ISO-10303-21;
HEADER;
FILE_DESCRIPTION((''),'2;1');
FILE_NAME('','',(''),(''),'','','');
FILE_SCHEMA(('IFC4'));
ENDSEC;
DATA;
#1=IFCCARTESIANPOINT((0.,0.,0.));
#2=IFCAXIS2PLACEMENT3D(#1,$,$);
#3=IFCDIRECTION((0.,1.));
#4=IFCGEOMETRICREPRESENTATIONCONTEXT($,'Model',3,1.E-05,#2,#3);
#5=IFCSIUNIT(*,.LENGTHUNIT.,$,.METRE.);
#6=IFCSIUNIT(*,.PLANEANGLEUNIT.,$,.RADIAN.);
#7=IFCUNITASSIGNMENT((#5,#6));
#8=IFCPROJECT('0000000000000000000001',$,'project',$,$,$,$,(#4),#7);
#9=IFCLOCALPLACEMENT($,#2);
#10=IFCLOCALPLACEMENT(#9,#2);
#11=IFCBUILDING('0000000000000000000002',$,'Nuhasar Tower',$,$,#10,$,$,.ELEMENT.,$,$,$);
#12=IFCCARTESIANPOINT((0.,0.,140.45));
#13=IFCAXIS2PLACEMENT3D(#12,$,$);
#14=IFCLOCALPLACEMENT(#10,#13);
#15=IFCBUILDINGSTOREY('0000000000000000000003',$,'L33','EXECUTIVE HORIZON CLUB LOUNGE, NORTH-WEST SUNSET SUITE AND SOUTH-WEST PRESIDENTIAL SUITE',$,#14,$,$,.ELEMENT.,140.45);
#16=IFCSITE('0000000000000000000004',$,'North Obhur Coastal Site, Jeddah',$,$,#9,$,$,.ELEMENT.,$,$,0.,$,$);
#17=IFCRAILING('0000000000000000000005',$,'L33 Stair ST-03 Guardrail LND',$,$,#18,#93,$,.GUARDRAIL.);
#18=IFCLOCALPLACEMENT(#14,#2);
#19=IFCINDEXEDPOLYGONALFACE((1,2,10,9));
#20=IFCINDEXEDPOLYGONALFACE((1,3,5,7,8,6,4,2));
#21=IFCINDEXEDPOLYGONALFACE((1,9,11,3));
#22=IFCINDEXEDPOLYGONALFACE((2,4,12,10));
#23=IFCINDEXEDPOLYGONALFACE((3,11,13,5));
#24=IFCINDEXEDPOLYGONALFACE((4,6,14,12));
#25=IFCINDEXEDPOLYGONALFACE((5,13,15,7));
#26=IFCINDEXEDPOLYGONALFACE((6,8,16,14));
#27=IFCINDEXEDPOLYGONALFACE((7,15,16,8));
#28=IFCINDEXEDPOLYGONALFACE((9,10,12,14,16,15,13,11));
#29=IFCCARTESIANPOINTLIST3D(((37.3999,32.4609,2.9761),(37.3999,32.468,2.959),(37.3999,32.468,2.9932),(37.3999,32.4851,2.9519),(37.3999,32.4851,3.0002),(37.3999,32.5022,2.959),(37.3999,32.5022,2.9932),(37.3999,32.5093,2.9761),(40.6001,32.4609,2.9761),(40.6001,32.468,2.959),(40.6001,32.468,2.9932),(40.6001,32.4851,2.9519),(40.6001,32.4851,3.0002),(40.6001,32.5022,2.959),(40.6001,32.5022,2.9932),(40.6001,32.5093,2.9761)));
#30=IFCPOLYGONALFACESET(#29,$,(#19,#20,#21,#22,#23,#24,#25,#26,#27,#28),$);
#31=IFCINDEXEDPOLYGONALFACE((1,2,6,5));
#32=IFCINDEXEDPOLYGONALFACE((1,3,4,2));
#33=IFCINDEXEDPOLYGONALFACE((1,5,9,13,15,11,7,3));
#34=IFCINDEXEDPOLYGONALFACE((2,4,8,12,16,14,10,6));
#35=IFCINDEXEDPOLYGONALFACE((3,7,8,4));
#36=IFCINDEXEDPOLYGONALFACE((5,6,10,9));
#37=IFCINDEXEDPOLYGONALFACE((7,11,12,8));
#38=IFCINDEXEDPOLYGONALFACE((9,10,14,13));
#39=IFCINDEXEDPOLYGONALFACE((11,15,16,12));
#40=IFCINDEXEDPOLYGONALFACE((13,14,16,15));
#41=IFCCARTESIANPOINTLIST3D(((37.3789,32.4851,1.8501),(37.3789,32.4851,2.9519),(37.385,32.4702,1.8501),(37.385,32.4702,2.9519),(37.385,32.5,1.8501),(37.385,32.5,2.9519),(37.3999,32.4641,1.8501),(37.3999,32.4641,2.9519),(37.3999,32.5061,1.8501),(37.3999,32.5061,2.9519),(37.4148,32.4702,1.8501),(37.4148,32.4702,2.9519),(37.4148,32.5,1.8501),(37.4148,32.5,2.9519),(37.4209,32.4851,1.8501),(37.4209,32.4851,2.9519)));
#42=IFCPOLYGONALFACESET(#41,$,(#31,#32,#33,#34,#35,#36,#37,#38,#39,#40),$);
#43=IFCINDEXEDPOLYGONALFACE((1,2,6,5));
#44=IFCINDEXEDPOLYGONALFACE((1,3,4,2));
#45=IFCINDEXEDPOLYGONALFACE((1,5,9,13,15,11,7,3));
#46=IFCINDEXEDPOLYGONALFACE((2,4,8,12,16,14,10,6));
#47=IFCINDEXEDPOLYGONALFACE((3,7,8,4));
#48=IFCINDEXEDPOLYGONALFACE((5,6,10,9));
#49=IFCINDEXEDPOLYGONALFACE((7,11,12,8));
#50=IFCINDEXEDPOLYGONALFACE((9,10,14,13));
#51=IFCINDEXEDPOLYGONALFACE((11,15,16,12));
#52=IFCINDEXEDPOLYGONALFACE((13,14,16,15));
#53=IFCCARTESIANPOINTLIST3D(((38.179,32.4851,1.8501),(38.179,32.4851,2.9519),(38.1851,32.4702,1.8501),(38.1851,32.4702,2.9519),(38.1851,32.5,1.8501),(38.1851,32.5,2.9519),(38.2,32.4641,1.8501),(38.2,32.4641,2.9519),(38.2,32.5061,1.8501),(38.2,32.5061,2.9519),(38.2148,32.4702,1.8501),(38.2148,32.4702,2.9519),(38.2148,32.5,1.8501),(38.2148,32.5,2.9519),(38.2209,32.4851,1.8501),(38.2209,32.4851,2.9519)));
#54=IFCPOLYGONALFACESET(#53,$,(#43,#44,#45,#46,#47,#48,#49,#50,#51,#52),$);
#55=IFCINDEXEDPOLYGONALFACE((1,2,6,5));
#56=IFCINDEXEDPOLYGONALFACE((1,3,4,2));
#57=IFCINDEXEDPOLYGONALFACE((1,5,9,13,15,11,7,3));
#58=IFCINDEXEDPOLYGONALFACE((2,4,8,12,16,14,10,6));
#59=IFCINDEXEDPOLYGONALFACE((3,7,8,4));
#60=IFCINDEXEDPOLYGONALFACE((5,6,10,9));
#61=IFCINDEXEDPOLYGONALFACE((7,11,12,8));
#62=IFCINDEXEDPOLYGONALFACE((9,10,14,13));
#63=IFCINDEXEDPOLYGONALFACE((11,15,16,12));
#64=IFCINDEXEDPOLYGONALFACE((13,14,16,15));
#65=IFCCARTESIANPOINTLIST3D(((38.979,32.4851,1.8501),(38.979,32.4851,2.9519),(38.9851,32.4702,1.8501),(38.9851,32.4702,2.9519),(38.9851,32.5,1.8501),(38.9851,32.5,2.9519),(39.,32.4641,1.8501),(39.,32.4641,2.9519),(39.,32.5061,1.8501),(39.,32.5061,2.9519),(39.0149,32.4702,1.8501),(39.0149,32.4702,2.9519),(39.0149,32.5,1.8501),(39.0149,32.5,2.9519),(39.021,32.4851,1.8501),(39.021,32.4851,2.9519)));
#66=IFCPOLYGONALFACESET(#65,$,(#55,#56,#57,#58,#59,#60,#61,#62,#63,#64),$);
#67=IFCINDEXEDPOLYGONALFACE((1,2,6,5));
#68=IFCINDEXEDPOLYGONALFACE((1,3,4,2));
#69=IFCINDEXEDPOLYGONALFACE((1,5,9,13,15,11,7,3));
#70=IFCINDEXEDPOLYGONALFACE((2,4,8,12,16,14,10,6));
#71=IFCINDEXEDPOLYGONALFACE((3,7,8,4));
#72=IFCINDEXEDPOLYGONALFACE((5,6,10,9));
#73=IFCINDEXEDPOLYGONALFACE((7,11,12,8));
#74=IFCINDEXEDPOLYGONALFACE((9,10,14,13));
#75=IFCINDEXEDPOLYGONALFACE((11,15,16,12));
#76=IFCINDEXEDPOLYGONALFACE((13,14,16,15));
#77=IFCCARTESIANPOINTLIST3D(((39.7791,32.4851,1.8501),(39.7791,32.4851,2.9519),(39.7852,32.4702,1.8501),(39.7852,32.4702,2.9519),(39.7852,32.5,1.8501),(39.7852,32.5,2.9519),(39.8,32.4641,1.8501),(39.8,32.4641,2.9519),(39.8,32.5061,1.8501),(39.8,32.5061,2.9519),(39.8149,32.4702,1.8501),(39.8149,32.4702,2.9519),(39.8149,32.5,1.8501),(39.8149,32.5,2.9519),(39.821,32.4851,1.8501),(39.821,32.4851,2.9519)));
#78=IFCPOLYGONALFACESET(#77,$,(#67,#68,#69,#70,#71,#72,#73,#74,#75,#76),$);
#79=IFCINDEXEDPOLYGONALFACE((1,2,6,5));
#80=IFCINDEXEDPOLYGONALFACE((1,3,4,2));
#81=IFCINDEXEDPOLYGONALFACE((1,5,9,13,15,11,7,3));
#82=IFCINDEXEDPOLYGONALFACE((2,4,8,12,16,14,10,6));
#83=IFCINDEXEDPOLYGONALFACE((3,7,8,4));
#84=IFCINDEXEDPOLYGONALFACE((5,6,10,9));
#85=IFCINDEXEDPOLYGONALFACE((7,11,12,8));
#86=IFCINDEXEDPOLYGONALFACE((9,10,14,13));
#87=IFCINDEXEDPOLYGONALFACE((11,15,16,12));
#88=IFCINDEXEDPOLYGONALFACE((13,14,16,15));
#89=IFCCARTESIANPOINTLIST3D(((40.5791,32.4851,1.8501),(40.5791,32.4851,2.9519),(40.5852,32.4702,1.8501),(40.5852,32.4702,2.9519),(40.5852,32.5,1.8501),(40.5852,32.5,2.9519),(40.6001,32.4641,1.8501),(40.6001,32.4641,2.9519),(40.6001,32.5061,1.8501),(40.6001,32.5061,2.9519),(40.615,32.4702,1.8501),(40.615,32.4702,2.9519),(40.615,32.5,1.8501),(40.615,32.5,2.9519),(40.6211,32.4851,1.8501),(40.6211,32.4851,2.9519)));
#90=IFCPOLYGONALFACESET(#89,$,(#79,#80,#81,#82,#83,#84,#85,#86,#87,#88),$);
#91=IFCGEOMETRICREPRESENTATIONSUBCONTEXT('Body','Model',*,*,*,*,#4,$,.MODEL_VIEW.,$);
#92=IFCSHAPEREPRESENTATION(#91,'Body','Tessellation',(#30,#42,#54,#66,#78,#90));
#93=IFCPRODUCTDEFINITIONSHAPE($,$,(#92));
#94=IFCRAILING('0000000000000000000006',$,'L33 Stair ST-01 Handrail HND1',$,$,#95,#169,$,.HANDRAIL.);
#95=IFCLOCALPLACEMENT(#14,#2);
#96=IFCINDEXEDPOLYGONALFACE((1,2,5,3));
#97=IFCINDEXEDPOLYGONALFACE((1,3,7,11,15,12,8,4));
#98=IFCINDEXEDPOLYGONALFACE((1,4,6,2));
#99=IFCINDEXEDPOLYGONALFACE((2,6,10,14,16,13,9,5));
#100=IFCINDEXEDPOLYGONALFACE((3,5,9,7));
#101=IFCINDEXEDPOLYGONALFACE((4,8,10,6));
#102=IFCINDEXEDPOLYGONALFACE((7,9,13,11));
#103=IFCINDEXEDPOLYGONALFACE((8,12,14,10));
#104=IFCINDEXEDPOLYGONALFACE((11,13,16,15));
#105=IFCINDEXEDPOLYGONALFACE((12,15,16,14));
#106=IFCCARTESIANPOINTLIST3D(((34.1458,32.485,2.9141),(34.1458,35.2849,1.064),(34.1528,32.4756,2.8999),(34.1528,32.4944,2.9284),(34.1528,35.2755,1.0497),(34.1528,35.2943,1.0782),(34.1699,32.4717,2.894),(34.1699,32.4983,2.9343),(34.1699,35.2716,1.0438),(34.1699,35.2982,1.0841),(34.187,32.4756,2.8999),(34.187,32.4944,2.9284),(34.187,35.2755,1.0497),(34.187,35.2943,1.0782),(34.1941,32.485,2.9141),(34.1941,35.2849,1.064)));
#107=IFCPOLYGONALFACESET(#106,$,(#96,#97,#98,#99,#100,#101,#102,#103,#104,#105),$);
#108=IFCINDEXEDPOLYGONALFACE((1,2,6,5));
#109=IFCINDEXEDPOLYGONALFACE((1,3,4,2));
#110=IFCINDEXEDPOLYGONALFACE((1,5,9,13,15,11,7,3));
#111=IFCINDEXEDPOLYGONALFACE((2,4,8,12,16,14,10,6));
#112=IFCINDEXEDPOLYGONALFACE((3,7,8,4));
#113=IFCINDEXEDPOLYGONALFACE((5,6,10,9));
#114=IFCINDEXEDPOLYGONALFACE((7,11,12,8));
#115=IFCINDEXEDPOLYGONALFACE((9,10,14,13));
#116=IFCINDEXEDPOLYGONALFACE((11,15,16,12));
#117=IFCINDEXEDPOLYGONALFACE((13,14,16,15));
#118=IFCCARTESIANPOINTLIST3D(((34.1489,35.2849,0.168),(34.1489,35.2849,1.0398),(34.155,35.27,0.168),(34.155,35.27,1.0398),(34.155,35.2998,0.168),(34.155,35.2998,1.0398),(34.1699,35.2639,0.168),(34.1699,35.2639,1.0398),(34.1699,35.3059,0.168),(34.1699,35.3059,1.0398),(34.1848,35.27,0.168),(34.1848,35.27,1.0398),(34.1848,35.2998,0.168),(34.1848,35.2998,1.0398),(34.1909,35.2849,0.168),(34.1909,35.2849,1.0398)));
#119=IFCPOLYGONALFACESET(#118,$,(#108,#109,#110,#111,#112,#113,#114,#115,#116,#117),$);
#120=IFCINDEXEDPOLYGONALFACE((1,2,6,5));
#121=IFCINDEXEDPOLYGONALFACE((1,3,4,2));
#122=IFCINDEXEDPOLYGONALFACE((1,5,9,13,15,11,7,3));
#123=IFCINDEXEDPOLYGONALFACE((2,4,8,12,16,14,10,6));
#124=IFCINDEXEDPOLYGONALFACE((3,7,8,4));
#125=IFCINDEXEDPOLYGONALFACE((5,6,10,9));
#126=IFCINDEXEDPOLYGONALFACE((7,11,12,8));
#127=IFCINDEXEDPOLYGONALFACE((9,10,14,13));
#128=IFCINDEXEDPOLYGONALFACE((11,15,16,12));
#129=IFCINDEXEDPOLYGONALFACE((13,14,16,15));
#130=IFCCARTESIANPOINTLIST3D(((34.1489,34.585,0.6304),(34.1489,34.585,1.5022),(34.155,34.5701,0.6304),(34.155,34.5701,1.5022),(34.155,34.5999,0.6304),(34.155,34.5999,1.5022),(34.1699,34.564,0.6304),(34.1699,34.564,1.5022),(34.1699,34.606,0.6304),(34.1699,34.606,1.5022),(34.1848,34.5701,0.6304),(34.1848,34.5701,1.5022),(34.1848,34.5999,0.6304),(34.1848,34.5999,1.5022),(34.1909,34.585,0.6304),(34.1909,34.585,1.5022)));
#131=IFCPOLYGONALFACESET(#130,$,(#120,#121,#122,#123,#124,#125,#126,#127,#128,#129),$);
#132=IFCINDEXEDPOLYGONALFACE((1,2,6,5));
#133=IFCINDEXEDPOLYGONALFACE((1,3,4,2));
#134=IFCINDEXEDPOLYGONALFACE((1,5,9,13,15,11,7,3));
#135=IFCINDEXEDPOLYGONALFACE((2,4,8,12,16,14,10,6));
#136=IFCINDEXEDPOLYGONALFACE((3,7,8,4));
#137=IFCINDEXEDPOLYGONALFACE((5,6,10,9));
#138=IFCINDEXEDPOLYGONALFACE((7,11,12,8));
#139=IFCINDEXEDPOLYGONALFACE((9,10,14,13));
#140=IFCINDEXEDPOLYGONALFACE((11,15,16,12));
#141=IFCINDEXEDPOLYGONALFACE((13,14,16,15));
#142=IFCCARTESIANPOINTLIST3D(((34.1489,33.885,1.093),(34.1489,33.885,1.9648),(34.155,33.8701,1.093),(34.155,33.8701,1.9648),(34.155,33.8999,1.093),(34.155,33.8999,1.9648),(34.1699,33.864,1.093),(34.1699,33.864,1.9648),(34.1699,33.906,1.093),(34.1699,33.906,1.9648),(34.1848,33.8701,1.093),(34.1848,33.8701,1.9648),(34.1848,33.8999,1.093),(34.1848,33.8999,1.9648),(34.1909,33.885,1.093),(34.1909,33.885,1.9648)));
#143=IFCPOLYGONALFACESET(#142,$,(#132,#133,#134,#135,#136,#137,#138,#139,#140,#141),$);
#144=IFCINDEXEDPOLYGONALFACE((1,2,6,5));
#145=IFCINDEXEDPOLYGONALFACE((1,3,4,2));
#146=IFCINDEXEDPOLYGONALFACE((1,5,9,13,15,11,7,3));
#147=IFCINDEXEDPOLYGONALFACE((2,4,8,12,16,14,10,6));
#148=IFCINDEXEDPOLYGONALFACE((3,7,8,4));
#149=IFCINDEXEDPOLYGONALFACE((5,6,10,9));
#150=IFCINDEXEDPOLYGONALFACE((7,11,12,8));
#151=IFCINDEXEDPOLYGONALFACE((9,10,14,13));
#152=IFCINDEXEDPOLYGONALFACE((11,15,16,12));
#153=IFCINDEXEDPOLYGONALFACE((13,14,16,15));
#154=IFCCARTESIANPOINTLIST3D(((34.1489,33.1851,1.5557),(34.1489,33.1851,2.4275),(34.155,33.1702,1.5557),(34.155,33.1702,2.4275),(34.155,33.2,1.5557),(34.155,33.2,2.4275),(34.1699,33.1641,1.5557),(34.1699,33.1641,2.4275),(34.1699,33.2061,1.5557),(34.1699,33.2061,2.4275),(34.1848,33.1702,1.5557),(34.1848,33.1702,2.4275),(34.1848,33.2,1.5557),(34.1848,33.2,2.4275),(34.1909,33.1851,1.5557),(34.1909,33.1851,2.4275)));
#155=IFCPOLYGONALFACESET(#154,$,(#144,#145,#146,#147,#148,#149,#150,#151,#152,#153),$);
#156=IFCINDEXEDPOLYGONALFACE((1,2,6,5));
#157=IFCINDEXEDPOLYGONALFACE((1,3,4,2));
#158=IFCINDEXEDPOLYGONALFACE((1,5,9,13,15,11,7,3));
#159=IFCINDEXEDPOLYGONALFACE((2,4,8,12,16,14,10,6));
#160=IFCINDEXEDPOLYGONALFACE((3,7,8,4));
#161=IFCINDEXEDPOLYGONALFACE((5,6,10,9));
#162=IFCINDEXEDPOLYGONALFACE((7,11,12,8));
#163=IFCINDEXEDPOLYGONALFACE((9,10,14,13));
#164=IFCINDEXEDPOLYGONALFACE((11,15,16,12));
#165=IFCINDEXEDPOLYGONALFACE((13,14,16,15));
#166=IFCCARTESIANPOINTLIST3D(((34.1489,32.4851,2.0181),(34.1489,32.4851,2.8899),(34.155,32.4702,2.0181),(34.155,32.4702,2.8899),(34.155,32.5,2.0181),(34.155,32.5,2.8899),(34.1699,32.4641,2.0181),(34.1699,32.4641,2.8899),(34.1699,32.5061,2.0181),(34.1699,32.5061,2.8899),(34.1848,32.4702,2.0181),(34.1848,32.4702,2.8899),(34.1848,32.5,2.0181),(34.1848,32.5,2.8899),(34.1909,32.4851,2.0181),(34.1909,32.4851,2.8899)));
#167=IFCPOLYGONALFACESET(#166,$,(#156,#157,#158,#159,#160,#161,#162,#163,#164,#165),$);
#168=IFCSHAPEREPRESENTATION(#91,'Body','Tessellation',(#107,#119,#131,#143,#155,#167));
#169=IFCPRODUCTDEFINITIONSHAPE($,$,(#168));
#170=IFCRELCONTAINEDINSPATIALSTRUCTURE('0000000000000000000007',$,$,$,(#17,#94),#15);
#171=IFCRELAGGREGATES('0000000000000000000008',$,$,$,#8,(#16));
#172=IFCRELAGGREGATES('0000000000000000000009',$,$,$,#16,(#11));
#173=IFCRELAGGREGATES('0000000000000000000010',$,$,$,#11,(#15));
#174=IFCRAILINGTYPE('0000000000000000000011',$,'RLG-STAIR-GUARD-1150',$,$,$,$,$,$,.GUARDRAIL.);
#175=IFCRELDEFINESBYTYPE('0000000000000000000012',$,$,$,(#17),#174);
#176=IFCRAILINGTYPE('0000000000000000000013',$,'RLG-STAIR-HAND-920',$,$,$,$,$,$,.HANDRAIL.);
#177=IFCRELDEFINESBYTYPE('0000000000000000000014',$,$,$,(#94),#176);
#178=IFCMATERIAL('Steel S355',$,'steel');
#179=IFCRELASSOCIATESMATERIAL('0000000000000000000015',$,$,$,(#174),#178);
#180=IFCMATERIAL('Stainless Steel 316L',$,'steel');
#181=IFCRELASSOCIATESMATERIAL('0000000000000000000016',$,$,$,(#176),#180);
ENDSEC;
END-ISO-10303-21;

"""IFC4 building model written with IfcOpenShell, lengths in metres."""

from ifc_helpers import new_model, si_unit, direction, frame, origin, place, context, subcontext, project, spatial, polyline, outline, extrude, material, type_object, element, save


model = new_model("IFC4")

# Units and contexts
model_context = context("Model", 3, precision=1e-05, world=origin(), true_north=direction((0.0, 1.0)))
body_context = subcontext(model_context, "Body", "Model", "MODEL_VIEW")
ifc_project = project(units=[si_unit("LENGTHUNIT", "METRE"), si_unit("PLANEANGLEUNIT", "RADIAN")], contexts=[model_context])

# Site, building, storey
site_placement = place(None, origin())
site = spatial("IfcSite", under=ifc_project, at=site_placement, Name="North Obhur Coastal Site, Jeddah", CompositionType="ELEMENT", RefElevation=0.0)
building_placement = place(site_placement, origin())
building = spatial("IfcBuilding", under=site, at=building_placement, Name="Nuhasar Tower", CompositionType="ELEMENT")
storey_placement = place(building_placement, frame((0.0, 0.0, 140.45)))
storey = spatial("IfcBuildingStorey", under=building, at=storey_placement, Name="L33", Description="EXECUTIVE HORIZON CLUB LOUNGE, NORTH-WEST SUNSET SUITE AND SOUTH-WEST PRESIDENTIAL SUITE", CompositionType="ELEMENT", Elevation=140.45)

# Shared definitions
ifc_material_1 = material(Name="Steel S355", Category="steel")

# Railings
railing_type_1 = type_object("IfcRailingType", Name="RLG-STAIR-GUARD-1150", PredefinedType="GUARDRAIL", material=ifc_material_1)
railing_1_placement = place(storey_placement, frame((37.3999, 32.4851, 1.8501)))
element("IfcRailing", 1, at=railing_1_placement, inside=storey, type_object=railing_type_1, Name="L33 Stair ST-03 Guardrail LND", PredefinedType="GUARDRAIL", context=body_context, shape_type="SweptSolid", body=[
    extrude(outline(polyline([(0.0242, 0.0), (0.0171, 0.0171), (0.0, 0.0242), (-0.0171, 0.0171), (-0.0242, 0.0), (-0.0171, -0.0171), (0.0, -0.0242), (0.0171, -0.0171), (0.0242, 0.0)])), frame((0.0, 0.0, 1.126), z_axis=(1.0, 0.0, 0.0), x_axis=(0.0, 1.0, 0.0)), (0.0, 0.0, 1.0), 3.2002),
    extrude(outline(polyline([(0.021, 0.0), (0.0149, 0.0149), (0.0, 0.021), (-0.0149, 0.0149), (-0.021, 0.0), (-0.0149, -0.0149), (0.0, -0.021), (0.0149, -0.0149), (0.021, 0.0)])), origin(), (0.0, 0.0, 1.0), 1.1018),
    extrude(outline(polyline([(0.021, 0.0), (0.0149, 0.0149), (0.0, 0.021), (-0.0149, 0.0149), (-0.021, 0.0), (-0.0149, -0.0149), (0.0, -0.021), (0.0149, -0.0149), (0.021, 0.0)])), frame((0.8, 0.0, 0.0)), (0.0, 0.0, 1.0), 1.1018),
    extrude(outline(polyline([(0.021, 0.0), (0.0149, 0.0149), (0.0, 0.021), (-0.0149, 0.0149), (-0.021, 0.0), (-0.0149, -0.0149), (0.0, -0.021), (0.0149, -0.0149), (0.021, 0.0)])), frame((1.6001, 0.0, 0.0)), (0.0, 0.0, 1.0), 1.1018),
    extrude(outline(polyline([(0.021, 0.0), (0.0149, 0.0149), (0.0, 0.021), (-0.0149, 0.0149), (-0.021, 0.0), (-0.0149, -0.0149), (0.0, -0.021), (0.0149, -0.0149), (0.021, 0.0)])), frame((2.4001, 0.0, 0.0)), (0.0, 0.0, 1.0), 1.1018),
    extrude(outline(polyline([(0.021, 0.0), (0.0149, 0.0149), (0.0, 0.021), (-0.0149, 0.0149), (-0.021, 0.0), (-0.0149, -0.0149), (0.0, -0.021), (0.0149, -0.0149), (0.021, 0.0)])), frame((3.2002, 0.0, 0.0)), (0.0, 0.0, 1.0), 1.1018),
])
ifc_material_2 = material(Name="Stainless Steel 316L", Category="steel")
railing_type_2 = type_object("IfcRailingType", Name="RLG-STAIR-HAND-920", PredefinedType="HANDRAIL", material=ifc_material_2)
railing_2_placement = place(storey_placement, frame((34.1699, 35.2849, 0.168)))
element("IfcRailing", 2, at=railing_2_placement, inside=storey, type_object=railing_type_2, Name="L33 Stair ST-01 Handrail HND1", PredefinedType="HANDRAIL", context=body_context, shape_type="SweptSolid", body=[
    extrude(outline(polyline([(0.0242, 0.0), (0.0171, 0.0171), (0.0, 0.0242), (-0.0171, 0.0171), (-0.0242, 0.0), (-0.0171, -0.0171), (0.0, -0.0242), (0.0171, -0.0171), (0.0242, 0.0)])), frame((0.0, 0.0, 0.896), z_axis=(0.0, -0.834304, 0.551304), x_axis=(1.0, 0.0, 0.0)), (0.0, 0.0, 1.0), 3.356),
    extrude(outline(polyline([(0.021, 0.0), (0.0149, 0.0149), (0.0, 0.021), (-0.0149, 0.0149), (-0.021, 0.0), (-0.0149, -0.0149), (0.0, -0.021), (0.0149, -0.0149), (0.021, 0.0)])), origin(), (0.0, 0.0, 1.0), 0.8718),
    extrude(outline(polyline([(0.021, 0.0), (0.0149, 0.0149), (0.0, 0.021), (-0.0149, 0.0149), (-0.021, 0.0), (-0.0149, -0.0149), (0.0, -0.021), (0.0149, -0.0149), (0.021, 0.0)])), frame((0.0, -0.7, 0.4624)), (0.0, 0.0, 1.0), 0.8718),
    extrude(outline(polyline([(0.021, 0.0), (0.0149, 0.0149), (0.0, 0.021), (-0.0149, 0.0149), (-0.021, 0.0), (-0.0149, -0.0149), (0.0, -0.021), (0.0149, -0.0149), (0.021, 0.0)])), frame((0.0, -1.3999, 0.925)), (0.0, 0.0, 1.0), 0.8718),
    extrude(outline(polyline([(0.021, 0.0), (0.0149, 0.0149), (0.0, 0.021), (-0.0149, 0.0149), (-0.021, 0.0), (-0.0149, -0.0149), (0.0, -0.021), (0.0149, -0.0149), (0.021, 0.0)])), frame((0.0, -2.0999, 1.3877)), (0.0, 0.0, 1.0), 0.8718),
    extrude(outline(polyline([(0.021, 0.0), (0.0149, 0.0149), (0.0, 0.021), (-0.0149, 0.0149), (-0.021, 0.0), (-0.0149, -0.0149), (0.0, -0.021), (0.0149, -0.0149), (0.021, 0.0)])), frame((0.0, -2.7998, 1.8501)), (0.0, 0.0, 1.0), 0.8718),
])

save(model, "model.ifc")
